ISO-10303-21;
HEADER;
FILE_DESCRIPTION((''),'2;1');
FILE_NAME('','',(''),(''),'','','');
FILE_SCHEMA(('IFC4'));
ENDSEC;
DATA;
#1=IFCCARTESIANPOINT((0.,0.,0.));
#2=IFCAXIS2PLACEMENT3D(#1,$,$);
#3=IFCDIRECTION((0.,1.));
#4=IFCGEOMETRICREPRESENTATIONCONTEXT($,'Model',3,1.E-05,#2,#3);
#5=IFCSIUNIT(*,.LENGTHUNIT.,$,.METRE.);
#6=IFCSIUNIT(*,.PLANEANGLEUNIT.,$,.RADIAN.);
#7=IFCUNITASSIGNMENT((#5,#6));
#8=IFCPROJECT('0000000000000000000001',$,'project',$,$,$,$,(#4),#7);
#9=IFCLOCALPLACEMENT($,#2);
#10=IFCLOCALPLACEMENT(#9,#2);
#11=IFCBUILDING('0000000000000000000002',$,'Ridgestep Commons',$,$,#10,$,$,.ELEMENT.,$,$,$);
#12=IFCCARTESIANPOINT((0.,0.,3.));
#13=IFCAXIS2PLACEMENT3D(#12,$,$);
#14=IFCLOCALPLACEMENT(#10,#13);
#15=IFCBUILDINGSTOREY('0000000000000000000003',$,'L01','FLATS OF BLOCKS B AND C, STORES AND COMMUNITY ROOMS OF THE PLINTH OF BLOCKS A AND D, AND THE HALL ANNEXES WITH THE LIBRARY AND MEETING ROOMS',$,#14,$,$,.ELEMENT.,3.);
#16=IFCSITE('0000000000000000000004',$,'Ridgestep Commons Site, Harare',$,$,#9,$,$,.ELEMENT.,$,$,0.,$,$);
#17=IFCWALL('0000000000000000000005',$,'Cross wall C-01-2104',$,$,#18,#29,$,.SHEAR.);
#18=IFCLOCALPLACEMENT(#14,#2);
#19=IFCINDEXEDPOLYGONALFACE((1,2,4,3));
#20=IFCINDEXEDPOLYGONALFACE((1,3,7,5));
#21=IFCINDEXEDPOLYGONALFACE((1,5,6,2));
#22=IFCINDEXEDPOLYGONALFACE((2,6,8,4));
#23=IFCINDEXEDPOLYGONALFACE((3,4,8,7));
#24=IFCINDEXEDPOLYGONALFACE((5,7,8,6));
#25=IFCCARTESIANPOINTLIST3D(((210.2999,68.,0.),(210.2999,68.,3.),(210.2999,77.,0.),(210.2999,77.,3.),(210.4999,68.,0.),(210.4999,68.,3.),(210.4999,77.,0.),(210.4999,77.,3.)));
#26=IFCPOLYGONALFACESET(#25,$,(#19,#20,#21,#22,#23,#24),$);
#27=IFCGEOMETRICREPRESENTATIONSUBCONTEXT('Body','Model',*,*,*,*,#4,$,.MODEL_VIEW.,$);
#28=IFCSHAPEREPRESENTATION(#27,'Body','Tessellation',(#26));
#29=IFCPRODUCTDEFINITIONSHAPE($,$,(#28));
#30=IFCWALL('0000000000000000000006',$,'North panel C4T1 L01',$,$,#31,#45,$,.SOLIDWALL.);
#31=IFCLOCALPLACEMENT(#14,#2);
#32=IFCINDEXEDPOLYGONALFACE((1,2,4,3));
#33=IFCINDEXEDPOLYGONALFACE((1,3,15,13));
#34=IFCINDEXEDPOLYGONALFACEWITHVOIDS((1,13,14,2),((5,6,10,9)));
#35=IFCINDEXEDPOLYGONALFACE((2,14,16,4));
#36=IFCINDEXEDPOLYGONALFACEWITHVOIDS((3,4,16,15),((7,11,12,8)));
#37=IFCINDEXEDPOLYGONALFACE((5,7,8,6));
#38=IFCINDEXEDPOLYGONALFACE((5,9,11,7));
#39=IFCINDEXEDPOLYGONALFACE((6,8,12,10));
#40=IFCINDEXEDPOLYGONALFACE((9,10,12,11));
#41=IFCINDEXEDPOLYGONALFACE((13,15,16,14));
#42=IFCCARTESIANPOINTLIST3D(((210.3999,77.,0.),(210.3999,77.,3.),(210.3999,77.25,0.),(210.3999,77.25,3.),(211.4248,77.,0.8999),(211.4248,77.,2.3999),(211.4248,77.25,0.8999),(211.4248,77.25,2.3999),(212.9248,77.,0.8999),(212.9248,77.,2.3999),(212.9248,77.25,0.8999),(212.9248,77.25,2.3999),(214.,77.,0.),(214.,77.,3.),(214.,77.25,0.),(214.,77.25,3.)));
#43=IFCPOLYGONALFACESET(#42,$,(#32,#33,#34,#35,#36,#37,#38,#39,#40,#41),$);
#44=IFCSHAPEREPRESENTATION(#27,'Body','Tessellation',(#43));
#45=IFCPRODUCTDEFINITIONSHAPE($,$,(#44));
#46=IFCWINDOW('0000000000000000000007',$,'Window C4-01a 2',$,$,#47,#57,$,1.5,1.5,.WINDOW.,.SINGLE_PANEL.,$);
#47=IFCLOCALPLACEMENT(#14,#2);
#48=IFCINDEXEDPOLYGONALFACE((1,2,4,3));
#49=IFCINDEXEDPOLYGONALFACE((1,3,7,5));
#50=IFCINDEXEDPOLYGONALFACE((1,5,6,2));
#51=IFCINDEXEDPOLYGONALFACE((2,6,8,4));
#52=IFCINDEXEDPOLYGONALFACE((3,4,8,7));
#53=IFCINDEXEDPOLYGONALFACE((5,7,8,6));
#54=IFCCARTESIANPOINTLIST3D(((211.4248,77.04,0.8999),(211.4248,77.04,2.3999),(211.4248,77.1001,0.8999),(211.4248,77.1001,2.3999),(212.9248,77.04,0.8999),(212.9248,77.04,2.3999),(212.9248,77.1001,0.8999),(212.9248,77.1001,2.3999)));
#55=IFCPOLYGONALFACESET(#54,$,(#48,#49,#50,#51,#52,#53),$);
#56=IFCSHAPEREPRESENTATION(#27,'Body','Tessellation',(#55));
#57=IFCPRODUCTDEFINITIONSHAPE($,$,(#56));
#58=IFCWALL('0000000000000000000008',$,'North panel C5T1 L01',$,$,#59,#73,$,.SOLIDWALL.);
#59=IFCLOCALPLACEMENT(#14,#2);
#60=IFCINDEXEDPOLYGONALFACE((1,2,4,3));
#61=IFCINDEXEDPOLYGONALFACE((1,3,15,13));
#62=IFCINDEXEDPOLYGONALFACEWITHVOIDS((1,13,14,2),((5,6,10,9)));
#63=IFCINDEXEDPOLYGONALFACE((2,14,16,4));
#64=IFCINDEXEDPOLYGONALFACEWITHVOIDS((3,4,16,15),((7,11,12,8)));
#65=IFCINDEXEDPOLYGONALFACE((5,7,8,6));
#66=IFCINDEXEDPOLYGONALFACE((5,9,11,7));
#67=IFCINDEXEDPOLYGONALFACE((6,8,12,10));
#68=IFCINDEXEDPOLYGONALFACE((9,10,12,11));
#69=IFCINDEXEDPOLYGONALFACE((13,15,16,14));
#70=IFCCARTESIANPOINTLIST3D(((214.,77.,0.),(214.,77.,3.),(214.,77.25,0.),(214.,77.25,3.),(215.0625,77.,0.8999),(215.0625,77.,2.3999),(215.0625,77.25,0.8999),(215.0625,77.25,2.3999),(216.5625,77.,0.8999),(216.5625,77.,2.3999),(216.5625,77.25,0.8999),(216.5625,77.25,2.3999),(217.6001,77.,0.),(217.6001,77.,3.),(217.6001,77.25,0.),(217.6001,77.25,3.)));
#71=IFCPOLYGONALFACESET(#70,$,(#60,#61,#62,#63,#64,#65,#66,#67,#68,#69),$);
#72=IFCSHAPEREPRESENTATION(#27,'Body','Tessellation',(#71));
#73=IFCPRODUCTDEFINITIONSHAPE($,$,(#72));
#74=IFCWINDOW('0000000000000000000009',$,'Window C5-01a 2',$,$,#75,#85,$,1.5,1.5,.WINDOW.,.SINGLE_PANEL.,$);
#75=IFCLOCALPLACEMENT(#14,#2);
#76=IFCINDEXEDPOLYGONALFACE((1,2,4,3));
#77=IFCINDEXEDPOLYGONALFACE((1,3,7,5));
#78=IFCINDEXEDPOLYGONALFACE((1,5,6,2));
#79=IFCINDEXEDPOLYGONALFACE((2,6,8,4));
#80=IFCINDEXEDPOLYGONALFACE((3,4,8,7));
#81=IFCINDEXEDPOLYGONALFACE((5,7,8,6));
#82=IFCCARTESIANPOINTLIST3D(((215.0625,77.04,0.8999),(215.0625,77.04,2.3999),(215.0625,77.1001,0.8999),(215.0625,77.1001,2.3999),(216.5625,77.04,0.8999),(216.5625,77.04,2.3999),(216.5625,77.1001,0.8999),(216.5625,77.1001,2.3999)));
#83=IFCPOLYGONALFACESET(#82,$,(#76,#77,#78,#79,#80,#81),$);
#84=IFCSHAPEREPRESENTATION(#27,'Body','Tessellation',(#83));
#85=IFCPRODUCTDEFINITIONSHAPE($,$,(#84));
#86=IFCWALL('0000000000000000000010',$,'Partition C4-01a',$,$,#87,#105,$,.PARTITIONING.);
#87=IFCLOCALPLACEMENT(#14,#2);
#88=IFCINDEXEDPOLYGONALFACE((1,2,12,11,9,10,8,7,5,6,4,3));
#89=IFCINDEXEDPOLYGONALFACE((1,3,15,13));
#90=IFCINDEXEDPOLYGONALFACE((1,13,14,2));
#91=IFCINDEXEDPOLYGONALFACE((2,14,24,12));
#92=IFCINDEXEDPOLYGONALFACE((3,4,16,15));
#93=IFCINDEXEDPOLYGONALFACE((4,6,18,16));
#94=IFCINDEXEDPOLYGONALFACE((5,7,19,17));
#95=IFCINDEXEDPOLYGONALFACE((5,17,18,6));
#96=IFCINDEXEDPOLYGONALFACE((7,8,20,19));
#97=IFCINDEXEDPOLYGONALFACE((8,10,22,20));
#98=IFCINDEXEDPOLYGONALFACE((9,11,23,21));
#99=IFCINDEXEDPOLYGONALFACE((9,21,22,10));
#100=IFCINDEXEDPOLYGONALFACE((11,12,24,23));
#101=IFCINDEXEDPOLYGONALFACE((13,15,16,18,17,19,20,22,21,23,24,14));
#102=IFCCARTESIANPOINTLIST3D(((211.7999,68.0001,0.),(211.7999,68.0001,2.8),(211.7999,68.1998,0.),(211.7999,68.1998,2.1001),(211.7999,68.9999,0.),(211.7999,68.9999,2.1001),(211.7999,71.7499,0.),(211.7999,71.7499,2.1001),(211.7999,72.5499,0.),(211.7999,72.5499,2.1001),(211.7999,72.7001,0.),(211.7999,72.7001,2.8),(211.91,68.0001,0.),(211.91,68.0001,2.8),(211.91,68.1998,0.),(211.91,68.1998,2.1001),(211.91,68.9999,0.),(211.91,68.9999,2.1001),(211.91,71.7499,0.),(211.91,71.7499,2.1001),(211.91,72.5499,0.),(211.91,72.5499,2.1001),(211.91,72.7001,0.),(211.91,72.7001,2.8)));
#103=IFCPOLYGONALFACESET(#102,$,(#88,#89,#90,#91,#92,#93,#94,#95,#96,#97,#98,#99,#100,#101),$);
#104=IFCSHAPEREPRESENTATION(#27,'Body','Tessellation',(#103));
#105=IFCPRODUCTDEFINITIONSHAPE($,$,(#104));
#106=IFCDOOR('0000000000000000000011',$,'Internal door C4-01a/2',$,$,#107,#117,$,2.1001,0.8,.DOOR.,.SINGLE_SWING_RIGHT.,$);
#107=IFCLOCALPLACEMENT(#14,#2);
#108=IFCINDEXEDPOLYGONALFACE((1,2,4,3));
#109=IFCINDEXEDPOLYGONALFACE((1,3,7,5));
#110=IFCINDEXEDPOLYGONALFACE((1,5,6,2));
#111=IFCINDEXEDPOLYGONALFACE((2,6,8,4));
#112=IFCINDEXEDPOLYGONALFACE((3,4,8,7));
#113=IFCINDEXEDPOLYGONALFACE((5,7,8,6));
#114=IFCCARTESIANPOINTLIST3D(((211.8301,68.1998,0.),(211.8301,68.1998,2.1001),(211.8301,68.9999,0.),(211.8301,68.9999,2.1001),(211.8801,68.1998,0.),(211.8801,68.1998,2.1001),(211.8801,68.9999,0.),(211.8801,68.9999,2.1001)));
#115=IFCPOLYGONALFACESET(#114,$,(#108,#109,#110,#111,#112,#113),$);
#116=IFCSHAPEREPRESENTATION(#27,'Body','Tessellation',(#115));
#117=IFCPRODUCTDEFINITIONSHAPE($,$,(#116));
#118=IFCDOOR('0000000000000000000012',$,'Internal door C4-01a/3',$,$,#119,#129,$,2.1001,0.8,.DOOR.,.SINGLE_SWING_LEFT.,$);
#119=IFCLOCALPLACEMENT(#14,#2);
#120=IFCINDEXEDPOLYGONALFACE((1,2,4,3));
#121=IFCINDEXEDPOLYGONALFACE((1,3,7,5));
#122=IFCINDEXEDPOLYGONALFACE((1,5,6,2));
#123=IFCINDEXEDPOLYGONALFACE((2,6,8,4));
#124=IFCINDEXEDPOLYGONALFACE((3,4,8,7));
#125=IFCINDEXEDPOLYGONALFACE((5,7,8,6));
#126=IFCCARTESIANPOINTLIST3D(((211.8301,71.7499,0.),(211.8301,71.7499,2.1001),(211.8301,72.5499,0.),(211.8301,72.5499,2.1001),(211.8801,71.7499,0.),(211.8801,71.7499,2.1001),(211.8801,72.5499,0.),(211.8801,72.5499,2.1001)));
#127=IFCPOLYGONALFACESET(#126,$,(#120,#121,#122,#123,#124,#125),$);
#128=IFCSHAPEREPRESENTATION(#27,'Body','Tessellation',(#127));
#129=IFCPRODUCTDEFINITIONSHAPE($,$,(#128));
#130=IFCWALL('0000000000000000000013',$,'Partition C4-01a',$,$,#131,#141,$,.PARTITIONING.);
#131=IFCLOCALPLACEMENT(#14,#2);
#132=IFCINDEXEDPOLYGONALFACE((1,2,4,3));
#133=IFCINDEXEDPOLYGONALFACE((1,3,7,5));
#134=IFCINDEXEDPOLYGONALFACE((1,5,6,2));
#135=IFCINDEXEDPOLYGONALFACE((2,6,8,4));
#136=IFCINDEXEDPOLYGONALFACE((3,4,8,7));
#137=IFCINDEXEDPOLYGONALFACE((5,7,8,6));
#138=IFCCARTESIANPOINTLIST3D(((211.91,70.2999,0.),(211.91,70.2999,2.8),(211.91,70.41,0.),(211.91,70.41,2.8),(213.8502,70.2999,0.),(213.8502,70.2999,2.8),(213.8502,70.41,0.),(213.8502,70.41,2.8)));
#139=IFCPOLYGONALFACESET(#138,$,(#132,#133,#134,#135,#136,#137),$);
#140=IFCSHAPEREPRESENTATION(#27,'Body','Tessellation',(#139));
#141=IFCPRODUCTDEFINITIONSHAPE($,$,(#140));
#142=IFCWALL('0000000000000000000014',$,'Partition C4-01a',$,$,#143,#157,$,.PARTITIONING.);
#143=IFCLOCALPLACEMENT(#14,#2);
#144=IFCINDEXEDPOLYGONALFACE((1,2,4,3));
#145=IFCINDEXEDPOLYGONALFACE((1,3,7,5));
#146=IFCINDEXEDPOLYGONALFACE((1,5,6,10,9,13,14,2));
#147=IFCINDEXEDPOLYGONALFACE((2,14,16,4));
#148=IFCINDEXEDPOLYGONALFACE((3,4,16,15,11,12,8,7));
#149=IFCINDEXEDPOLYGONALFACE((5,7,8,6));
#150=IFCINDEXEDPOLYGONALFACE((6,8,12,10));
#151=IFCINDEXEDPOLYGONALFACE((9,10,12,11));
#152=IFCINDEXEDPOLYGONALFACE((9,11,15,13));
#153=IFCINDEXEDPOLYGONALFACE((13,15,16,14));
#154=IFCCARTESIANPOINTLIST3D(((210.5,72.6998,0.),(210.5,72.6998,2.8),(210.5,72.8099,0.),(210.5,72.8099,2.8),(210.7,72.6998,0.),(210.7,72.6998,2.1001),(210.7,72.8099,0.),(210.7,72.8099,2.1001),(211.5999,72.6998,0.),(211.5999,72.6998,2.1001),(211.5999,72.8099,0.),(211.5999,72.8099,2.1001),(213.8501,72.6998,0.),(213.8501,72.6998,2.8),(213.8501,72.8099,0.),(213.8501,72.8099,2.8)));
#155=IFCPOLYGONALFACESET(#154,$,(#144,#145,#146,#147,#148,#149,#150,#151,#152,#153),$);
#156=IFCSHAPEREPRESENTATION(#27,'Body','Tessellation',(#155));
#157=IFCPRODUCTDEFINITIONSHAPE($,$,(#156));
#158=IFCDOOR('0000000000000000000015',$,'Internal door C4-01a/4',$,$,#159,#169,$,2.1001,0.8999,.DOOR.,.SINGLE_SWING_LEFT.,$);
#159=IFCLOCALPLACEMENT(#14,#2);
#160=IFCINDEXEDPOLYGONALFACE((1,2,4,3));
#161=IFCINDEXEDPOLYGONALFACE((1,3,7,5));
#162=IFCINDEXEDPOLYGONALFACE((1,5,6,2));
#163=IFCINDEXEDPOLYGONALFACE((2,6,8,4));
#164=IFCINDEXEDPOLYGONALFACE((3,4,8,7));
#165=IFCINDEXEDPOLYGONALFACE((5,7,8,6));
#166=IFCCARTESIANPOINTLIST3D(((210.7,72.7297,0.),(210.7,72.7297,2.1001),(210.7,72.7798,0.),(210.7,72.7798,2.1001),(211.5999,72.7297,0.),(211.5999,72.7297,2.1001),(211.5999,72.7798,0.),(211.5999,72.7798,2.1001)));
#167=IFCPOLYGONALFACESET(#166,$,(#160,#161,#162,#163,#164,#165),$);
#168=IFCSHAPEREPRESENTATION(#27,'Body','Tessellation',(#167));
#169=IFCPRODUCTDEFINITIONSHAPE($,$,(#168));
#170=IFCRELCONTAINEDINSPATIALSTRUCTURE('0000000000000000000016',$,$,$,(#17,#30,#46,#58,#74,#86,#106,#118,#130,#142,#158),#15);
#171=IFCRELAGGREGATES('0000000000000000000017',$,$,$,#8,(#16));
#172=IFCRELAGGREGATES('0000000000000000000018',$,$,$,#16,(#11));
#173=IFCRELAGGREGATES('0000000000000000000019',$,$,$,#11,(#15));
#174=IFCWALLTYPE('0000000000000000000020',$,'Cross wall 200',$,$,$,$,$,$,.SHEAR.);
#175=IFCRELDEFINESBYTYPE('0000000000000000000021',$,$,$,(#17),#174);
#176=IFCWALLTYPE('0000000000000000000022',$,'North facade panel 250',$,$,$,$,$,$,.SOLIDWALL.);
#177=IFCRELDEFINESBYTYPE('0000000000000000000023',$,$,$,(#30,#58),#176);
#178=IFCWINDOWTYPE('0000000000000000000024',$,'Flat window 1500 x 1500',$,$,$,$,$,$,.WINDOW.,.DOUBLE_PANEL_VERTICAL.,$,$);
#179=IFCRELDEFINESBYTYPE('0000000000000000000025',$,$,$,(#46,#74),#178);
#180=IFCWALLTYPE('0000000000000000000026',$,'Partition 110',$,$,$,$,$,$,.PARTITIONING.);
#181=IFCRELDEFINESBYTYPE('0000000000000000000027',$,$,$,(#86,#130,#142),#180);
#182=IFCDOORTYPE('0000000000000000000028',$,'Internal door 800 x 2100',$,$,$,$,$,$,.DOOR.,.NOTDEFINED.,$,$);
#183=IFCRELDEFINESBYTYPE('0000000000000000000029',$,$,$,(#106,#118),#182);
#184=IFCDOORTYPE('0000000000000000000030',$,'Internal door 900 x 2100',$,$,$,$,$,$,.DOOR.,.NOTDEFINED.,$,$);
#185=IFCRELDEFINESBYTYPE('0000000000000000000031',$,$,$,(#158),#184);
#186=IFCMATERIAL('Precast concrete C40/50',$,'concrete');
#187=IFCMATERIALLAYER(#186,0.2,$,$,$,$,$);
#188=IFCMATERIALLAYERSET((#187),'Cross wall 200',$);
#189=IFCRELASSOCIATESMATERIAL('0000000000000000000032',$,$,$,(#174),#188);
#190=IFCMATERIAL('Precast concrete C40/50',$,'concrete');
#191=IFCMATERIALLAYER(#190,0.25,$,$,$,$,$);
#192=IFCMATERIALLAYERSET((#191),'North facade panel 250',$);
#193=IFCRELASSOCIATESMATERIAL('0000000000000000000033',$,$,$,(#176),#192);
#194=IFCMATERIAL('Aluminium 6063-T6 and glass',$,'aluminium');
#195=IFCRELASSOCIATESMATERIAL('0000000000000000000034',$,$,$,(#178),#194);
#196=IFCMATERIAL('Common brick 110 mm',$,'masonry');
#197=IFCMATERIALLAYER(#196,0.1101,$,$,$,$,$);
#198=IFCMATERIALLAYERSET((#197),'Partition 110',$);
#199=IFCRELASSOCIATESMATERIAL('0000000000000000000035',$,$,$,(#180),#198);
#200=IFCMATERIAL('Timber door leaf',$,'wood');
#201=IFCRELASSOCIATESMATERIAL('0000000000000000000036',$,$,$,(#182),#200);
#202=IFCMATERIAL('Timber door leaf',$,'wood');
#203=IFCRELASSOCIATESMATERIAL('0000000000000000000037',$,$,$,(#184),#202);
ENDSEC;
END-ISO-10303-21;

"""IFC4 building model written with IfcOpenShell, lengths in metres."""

from ifc_helpers import new_model, si_unit, direction, frame, frame_2d, origin, place, context, subcontext, project, spatial, rectangle, extrude, material, layer, layer_set, type_object, element, fill, save


model = new_model("IFC4")

# Units and contexts
model_context = context("Model", 3, precision=1e-05, world=origin(), true_north=direction((0.0, 1.0)))
body_context = subcontext(model_context, "Body", "Model", "MODEL_VIEW")
ifc_project = project(units=[si_unit("LENGTHUNIT", "METRE"), si_unit("PLANEANGLEUNIT", "RADIAN")], contexts=[model_context])

# Site, building, storey
site_placement = place(None, origin())
site = spatial("IfcSite", under=ifc_project, at=site_placement, Name="Ridgestep Commons Site, Harare", CompositionType="ELEMENT", RefElevation=0.0)
building_placement = place(site_placement, origin())
building = spatial("IfcBuilding", under=site, at=building_placement, Name="Ridgestep Commons", CompositionType="ELEMENT")
storey_placement = place(building_placement, frame((0.0, 0.0, 3.0)))
storey = spatial("IfcBuildingStorey", under=building, at=storey_placement, Name="L01", Description="FLATS OF BLOCKS B AND C, STORES AND COMMUNITY ROOMS OF THE PLINTH OF BLOCKS A AND D, AND THE HALL ANNEXES WITH THE LIBRARY AND MEETING ROOMS", CompositionType="ELEMENT", Elevation=3.0)

# Wall
ifc_material_1 = material(Name="Precast concrete C40/50", Category="concrete")
ifc_layer_1 = layer(ifc_material_1, 0.2)
ifc_layer_set_1 = layer_set([ifc_layer_1], Name="Cross wall 200")
wall_type_1 = type_object("IfcWallType", Name="Cross wall 200", PredefinedType="SHEAR", material=ifc_layer_set_1)
wall_1_placement = place(storey_placement, frame((210.3999, 68.0, 0.0), z_axis=(0.0, 0.0, 1.0), x_axis=(0.0, 1.0, 0.0)))
element("IfcWall", 1, at=wall_1_placement, inside=storey, type_object=wall_type_1, Name="Cross wall C-01-2104", PredefinedType="SHEAR", context=body_context, shape_type="SweptSolid", body=[
    extrude(rectangle(XDim=9.0, YDim=0.2, at=frame_2d((4.5, 0.0))), origin(), (0.0, 0.0, 1.0), 3.0),
])

# Walls, openings, windows
ifc_material_2 = material(Name="Precast concrete C40/50", Category="concrete")
ifc_layer_2 = layer(ifc_material_2, 0.25)
ifc_layer_set_2 = layer_set([ifc_layer_2], Name="North facade panel 250")
wall_type_2 = type_object("IfcWallType", Name="North facade panel 250", PredefinedType="SOLIDWALL", material=ifc_layer_set_2)
wall_2_placement = place(storey_placement, frame((210.3999, 77.125, 0.0), z_axis=(0.0, 0.0, 1.0), x_axis=(1.0, 0.0, 0.0)))
wall_2 = element("IfcWall", 2, at=wall_2_placement, inside=storey, type_object=wall_type_2, Name="North panel C4T1 L01", PredefinedType="SOLIDWALL", context=body_context, shape_type="SweptSolid", body=[
    extrude(rectangle(XDim=3.6001, YDim=0.25, at=frame_2d((1.8, 0.0))), origin(), (0.0, 0.0, 1.0), 3.0),
])
opening_1_placement = place(wall_2_placement, frame((1.0249, 0.0, 0.8999)))
opening_1 = element("IfcOpeningElement", 3, at=opening_1_placement, cuts=wall_2, PredefinedType="OPENING", context=body_context, shape_type="SweptSolid", body=[
    extrude(rectangle(XDim=1.5, YDim=1.5, at=frame_2d((0.75, 0.75))), frame((0.0, 0.135, 0.0), z_axis=(0.0, -1.0, 0.0), x_axis=(1.0, 0.0, 0.0)), (0.0, 0.0, 1.0), 0.27),
])
ifc_material_3 = material(Name="Aluminium 6063-T6 and glass", Category="aluminium")
window_type = type_object("IfcWindowType", Name="Flat window 1500 x 1500", PartitioningType="DOUBLE_PANEL_VERTICAL", PredefinedType="WINDOW", material=ifc_material_3)
window_1_placement = place(opening_1_placement, origin())
window_1 = element("IfcWindow", 4, at=window_1_placement, inside=storey, type_object=window_type, Name="Window C4-01a 2", OverallHeight=1.5, OverallWidth=1.5, PartitioningType="SINGLE_PANEL", PredefinedType="WINDOW", context=body_context, shape_type="SweptSolid", body=[
    extrude(rectangle(XDim=1.5, YDim=1.5, at=frame_2d((0.75, 0.75))), frame((0.0, -0.0249, 0.0), z_axis=(0.0, -1.0, 0.0), x_axis=(1.0, 0.0, 0.0)), (0.0, 0.0, 1.0), 0.0601),
])
fill(opening_1, window_1)
wall_3_placement = place(storey_placement, frame((214.0, 77.125, 0.0), z_axis=(0.0, 0.0, 1.0), x_axis=(1.0, 0.0, 0.0)))
wall_3 = element("IfcWall", 5, at=wall_3_placement, inside=storey, type_object=wall_type_2, Name="North panel C5T1 L01", PredefinedType="SOLIDWALL", context=body_context, shape_type="SweptSolid", body=[
    extrude(rectangle(XDim=3.6001, YDim=0.25, at=frame_2d((1.8, 0.0))), origin(), (0.0, 0.0, 1.0), 3.0),
])
opening_2_placement = place(wall_3_placement, frame((1.0625, 0.0, 0.8999)))
opening_2 = element("IfcOpeningElement", 6, at=opening_2_placement, cuts=wall_3, PredefinedType="OPENING", context=body_context, shape_type="SweptSolid", body=[
    extrude(rectangle(XDim=1.5, YDim=1.5, at=frame_2d((0.75, 0.75))), frame((0.0, 0.135, 0.0), z_axis=(0.0, -1.0, 0.0), x_axis=(1.0, 0.0, 0.0)), (0.0, 0.0, 1.0), 0.27),
])
window_2_placement = place(opening_2_placement, origin())
window_2 = element("IfcWindow", 7, at=window_2_placement, inside=storey, type_object=window_type, Name="Window C5-01a 2", OverallHeight=1.5, OverallWidth=1.5, PartitioningType="SINGLE_PANEL", PredefinedType="WINDOW", context=body_context, shape_type="SweptSolid", body=[
    extrude(rectangle(XDim=1.5, YDim=1.5, at=frame_2d((0.75, 0.75))), frame((0.0, -0.0249, 0.0), z_axis=(0.0, -1.0, 0.0), x_axis=(1.0, 0.0, 0.0)), (0.0, 0.0, 1.0), 0.0601),
])
fill(opening_2, window_2)

# Wall, openings, doors
ifc_material_4 = material(Name="Common brick 110 mm", Category="masonry")
ifc_layer_3 = layer(ifc_material_4, 0.1101)
ifc_layer_set_3 = layer_set([ifc_layer_3], Name="Partition 110")
wall_type_3 = type_object("IfcWallType", Name="Partition 110", PredefinedType="PARTITIONING", material=ifc_layer_set_3)
wall_4_placement = place(storey_placement, frame((211.855, 68.0, 0.0), z_axis=(0.0, 0.0, 1.0), x_axis=(0.0, 1.0, 0.0)))
wall_4 = element("IfcWall", 8, at=wall_4_placement, inside=storey, type_object=wall_type_3, Name="Partition C4-01a", PredefinedType="PARTITIONING", context=body_context, shape_type="SweptSolid", body=[
    extrude(rectangle(XDim=4.7, YDim=0.1101, at=frame_2d((2.3501, 0.0))), origin(), (0.0, 0.0, 1.0), 2.8),
])
opening_3_placement = place(wall_4_placement, frame((0.2, 0.0, 0.0)))
opening_3 = element("IfcOpeningElement", 9, at=opening_3_placement, cuts=wall_4, PredefinedType="OPENING", context=body_context, shape_type="SweptSolid", body=[
    extrude(rectangle(XDim=0.8, YDim=2.1001, at=frame_2d((0.3999, 1.05))), frame((0.0, 0.0649, 0.0), z_axis=(0.0, -1.0, 0.0), x_axis=(1.0, 0.0, 0.0)), (0.0, 0.0, 1.0), 0.1301),
])
opening_4_placement = place(wall_4_placement, frame((3.75, 0.0, 0.0)))
opening_4 = element("IfcOpeningElement", 10, at=opening_4_placement, cuts=wall_4, PredefinedType="OPENING", context=body_context, shape_type="SweptSolid", body=[
    extrude(rectangle(XDim=0.8, YDim=2.1001, at=frame_2d((0.3999, 1.05))), frame((0.0, 0.0649, 0.0), z_axis=(0.0, -1.0, 0.0), x_axis=(1.0, 0.0, 0.0)), (0.0, 0.0, 1.0), 0.1301),
])
ifc_material_5 = material(Name="Timber door leaf", Category="wood")
door_type_1 = type_object("IfcDoorType", Name="Internal door 800 x 2100", OperationType="NOTDEFINED", PredefinedType="DOOR", material=ifc_material_5)
door_1_placement = place(opening_3_placement, origin())
door_1 = element("IfcDoor", 11, at=door_1_placement, inside=storey, type_object=door_type_1, Name="Internal door C4-01a/2", OperationType="SINGLE_SWING_RIGHT", OverallHeight=2.1001, OverallWidth=0.8, PredefinedType="DOOR", context=body_context, shape_type="SweptSolid", body=[
    extrude(rectangle(XDim=0.8, YDim=2.1001, at=frame_2d((0.3999, 1.05))), frame((0.0, 0.0249, 0.0), z_axis=(0.0, -1.0, 0.0), x_axis=(1.0, 0.0, 0.0)), (0.0, 0.0, 1.0), 0.05),
])
fill(opening_3, door_1)
door_2_placement = place(opening_4_placement, origin())
door_2 = element("IfcDoor", 12, at=door_2_placement, inside=storey, type_object=door_type_1, Name="Internal door C4-01a/3", OperationType="SINGLE_SWING_LEFT", OverallHeight=2.1001, OverallWidth=0.8, PredefinedType="DOOR", context=body_context, shape_type="SweptSolid", body=[
    extrude(rectangle(XDim=0.8, YDim=2.1001, at=frame_2d((0.3999, 1.05))), frame((0.0, 0.0249, 0.0), z_axis=(0.0, -1.0, 0.0), x_axis=(1.0, 0.0, 0.0)), (0.0, 0.0, 1.0), 0.05),
])
fill(opening_4, door_2)

# Wall
wall_5_placement = place(storey_placement, frame((211.9099, 70.355, 0.0), z_axis=(0.0, 0.0, 1.0), x_axis=(1.0, 0.0, 0.0)))
element("IfcWall", 13, at=wall_5_placement, inside=storey, type_object=wall_type_3, Name="Partition C4-01a", PredefinedType="PARTITIONING", context=body_context, shape_type="SweptSolid", body=[
    extrude(rectangle(XDim=1.9402, YDim=0.1101, at=frame_2d((0.9702, 0.0))), origin(), (0.0, 0.0, 1.0), 2.8),
])

# Wall, opening, door
wall_6_placement = place(storey_placement, frame((210.5, 72.7549, 0.0), z_axis=(0.0, 0.0, 1.0), x_axis=(1.0, 0.0, 0.0)))
wall_6 = element("IfcWall", 14, at=wall_6_placement, inside=storey, type_object=wall_type_3, Name="Partition C4-01a", PredefinedType="PARTITIONING", context=body_context, shape_type="SweptSolid", body=[
    extrude(rectangle(XDim=3.3501, YDim=0.1101, at=frame_2d((1.675, 0.0))), origin(), (0.0, 0.0, 1.0), 2.8),
])
opening_5_placement = place(wall_6_placement, frame((0.2, 0.0, 0.0)))
opening_5 = element("IfcOpeningElement", 15, at=opening_5_placement, cuts=wall_6, PredefinedType="OPENING", context=body_context, shape_type="SweptSolid", body=[
    extrude(rectangle(XDim=0.8999, YDim=2.1001, at=frame_2d((0.45, 1.05))), frame((0.0, 0.0649, 0.0), z_axis=(0.0, -1.0, 0.0), x_axis=(1.0, 0.0, 0.0)), (0.0, 0.0, 1.0), 0.1301),
])
ifc_material_6 = material(Name="Timber door leaf", Category="wood")
door_type_2 = type_object("IfcDoorType", Name="Internal door 900 x 2100", OperationType="NOTDEFINED", PredefinedType="DOOR", material=ifc_material_6)
door_3_placement = place(opening_5_placement, origin())
door_3 = element("IfcDoor", 16, at=door_3_placement, inside=storey, type_object=door_type_2, Name="Internal door C4-01a/4", OperationType="SINGLE_SWING_LEFT", OverallHeight=2.1001, OverallWidth=0.8999, PredefinedType="DOOR", context=body_context, shape_type="SweptSolid", body=[
    extrude(rectangle(XDim=0.8999, YDim=2.1001, at=frame_2d((0.45, 1.05))), frame((0.0, 0.0249, 0.0), z_axis=(0.0, -1.0, 0.0), x_axis=(1.0, 0.0, 0.0)), (0.0, 0.0, 1.0), 0.05),
])
fill(opening_5, door_3)

save(model, "model.ifc")
